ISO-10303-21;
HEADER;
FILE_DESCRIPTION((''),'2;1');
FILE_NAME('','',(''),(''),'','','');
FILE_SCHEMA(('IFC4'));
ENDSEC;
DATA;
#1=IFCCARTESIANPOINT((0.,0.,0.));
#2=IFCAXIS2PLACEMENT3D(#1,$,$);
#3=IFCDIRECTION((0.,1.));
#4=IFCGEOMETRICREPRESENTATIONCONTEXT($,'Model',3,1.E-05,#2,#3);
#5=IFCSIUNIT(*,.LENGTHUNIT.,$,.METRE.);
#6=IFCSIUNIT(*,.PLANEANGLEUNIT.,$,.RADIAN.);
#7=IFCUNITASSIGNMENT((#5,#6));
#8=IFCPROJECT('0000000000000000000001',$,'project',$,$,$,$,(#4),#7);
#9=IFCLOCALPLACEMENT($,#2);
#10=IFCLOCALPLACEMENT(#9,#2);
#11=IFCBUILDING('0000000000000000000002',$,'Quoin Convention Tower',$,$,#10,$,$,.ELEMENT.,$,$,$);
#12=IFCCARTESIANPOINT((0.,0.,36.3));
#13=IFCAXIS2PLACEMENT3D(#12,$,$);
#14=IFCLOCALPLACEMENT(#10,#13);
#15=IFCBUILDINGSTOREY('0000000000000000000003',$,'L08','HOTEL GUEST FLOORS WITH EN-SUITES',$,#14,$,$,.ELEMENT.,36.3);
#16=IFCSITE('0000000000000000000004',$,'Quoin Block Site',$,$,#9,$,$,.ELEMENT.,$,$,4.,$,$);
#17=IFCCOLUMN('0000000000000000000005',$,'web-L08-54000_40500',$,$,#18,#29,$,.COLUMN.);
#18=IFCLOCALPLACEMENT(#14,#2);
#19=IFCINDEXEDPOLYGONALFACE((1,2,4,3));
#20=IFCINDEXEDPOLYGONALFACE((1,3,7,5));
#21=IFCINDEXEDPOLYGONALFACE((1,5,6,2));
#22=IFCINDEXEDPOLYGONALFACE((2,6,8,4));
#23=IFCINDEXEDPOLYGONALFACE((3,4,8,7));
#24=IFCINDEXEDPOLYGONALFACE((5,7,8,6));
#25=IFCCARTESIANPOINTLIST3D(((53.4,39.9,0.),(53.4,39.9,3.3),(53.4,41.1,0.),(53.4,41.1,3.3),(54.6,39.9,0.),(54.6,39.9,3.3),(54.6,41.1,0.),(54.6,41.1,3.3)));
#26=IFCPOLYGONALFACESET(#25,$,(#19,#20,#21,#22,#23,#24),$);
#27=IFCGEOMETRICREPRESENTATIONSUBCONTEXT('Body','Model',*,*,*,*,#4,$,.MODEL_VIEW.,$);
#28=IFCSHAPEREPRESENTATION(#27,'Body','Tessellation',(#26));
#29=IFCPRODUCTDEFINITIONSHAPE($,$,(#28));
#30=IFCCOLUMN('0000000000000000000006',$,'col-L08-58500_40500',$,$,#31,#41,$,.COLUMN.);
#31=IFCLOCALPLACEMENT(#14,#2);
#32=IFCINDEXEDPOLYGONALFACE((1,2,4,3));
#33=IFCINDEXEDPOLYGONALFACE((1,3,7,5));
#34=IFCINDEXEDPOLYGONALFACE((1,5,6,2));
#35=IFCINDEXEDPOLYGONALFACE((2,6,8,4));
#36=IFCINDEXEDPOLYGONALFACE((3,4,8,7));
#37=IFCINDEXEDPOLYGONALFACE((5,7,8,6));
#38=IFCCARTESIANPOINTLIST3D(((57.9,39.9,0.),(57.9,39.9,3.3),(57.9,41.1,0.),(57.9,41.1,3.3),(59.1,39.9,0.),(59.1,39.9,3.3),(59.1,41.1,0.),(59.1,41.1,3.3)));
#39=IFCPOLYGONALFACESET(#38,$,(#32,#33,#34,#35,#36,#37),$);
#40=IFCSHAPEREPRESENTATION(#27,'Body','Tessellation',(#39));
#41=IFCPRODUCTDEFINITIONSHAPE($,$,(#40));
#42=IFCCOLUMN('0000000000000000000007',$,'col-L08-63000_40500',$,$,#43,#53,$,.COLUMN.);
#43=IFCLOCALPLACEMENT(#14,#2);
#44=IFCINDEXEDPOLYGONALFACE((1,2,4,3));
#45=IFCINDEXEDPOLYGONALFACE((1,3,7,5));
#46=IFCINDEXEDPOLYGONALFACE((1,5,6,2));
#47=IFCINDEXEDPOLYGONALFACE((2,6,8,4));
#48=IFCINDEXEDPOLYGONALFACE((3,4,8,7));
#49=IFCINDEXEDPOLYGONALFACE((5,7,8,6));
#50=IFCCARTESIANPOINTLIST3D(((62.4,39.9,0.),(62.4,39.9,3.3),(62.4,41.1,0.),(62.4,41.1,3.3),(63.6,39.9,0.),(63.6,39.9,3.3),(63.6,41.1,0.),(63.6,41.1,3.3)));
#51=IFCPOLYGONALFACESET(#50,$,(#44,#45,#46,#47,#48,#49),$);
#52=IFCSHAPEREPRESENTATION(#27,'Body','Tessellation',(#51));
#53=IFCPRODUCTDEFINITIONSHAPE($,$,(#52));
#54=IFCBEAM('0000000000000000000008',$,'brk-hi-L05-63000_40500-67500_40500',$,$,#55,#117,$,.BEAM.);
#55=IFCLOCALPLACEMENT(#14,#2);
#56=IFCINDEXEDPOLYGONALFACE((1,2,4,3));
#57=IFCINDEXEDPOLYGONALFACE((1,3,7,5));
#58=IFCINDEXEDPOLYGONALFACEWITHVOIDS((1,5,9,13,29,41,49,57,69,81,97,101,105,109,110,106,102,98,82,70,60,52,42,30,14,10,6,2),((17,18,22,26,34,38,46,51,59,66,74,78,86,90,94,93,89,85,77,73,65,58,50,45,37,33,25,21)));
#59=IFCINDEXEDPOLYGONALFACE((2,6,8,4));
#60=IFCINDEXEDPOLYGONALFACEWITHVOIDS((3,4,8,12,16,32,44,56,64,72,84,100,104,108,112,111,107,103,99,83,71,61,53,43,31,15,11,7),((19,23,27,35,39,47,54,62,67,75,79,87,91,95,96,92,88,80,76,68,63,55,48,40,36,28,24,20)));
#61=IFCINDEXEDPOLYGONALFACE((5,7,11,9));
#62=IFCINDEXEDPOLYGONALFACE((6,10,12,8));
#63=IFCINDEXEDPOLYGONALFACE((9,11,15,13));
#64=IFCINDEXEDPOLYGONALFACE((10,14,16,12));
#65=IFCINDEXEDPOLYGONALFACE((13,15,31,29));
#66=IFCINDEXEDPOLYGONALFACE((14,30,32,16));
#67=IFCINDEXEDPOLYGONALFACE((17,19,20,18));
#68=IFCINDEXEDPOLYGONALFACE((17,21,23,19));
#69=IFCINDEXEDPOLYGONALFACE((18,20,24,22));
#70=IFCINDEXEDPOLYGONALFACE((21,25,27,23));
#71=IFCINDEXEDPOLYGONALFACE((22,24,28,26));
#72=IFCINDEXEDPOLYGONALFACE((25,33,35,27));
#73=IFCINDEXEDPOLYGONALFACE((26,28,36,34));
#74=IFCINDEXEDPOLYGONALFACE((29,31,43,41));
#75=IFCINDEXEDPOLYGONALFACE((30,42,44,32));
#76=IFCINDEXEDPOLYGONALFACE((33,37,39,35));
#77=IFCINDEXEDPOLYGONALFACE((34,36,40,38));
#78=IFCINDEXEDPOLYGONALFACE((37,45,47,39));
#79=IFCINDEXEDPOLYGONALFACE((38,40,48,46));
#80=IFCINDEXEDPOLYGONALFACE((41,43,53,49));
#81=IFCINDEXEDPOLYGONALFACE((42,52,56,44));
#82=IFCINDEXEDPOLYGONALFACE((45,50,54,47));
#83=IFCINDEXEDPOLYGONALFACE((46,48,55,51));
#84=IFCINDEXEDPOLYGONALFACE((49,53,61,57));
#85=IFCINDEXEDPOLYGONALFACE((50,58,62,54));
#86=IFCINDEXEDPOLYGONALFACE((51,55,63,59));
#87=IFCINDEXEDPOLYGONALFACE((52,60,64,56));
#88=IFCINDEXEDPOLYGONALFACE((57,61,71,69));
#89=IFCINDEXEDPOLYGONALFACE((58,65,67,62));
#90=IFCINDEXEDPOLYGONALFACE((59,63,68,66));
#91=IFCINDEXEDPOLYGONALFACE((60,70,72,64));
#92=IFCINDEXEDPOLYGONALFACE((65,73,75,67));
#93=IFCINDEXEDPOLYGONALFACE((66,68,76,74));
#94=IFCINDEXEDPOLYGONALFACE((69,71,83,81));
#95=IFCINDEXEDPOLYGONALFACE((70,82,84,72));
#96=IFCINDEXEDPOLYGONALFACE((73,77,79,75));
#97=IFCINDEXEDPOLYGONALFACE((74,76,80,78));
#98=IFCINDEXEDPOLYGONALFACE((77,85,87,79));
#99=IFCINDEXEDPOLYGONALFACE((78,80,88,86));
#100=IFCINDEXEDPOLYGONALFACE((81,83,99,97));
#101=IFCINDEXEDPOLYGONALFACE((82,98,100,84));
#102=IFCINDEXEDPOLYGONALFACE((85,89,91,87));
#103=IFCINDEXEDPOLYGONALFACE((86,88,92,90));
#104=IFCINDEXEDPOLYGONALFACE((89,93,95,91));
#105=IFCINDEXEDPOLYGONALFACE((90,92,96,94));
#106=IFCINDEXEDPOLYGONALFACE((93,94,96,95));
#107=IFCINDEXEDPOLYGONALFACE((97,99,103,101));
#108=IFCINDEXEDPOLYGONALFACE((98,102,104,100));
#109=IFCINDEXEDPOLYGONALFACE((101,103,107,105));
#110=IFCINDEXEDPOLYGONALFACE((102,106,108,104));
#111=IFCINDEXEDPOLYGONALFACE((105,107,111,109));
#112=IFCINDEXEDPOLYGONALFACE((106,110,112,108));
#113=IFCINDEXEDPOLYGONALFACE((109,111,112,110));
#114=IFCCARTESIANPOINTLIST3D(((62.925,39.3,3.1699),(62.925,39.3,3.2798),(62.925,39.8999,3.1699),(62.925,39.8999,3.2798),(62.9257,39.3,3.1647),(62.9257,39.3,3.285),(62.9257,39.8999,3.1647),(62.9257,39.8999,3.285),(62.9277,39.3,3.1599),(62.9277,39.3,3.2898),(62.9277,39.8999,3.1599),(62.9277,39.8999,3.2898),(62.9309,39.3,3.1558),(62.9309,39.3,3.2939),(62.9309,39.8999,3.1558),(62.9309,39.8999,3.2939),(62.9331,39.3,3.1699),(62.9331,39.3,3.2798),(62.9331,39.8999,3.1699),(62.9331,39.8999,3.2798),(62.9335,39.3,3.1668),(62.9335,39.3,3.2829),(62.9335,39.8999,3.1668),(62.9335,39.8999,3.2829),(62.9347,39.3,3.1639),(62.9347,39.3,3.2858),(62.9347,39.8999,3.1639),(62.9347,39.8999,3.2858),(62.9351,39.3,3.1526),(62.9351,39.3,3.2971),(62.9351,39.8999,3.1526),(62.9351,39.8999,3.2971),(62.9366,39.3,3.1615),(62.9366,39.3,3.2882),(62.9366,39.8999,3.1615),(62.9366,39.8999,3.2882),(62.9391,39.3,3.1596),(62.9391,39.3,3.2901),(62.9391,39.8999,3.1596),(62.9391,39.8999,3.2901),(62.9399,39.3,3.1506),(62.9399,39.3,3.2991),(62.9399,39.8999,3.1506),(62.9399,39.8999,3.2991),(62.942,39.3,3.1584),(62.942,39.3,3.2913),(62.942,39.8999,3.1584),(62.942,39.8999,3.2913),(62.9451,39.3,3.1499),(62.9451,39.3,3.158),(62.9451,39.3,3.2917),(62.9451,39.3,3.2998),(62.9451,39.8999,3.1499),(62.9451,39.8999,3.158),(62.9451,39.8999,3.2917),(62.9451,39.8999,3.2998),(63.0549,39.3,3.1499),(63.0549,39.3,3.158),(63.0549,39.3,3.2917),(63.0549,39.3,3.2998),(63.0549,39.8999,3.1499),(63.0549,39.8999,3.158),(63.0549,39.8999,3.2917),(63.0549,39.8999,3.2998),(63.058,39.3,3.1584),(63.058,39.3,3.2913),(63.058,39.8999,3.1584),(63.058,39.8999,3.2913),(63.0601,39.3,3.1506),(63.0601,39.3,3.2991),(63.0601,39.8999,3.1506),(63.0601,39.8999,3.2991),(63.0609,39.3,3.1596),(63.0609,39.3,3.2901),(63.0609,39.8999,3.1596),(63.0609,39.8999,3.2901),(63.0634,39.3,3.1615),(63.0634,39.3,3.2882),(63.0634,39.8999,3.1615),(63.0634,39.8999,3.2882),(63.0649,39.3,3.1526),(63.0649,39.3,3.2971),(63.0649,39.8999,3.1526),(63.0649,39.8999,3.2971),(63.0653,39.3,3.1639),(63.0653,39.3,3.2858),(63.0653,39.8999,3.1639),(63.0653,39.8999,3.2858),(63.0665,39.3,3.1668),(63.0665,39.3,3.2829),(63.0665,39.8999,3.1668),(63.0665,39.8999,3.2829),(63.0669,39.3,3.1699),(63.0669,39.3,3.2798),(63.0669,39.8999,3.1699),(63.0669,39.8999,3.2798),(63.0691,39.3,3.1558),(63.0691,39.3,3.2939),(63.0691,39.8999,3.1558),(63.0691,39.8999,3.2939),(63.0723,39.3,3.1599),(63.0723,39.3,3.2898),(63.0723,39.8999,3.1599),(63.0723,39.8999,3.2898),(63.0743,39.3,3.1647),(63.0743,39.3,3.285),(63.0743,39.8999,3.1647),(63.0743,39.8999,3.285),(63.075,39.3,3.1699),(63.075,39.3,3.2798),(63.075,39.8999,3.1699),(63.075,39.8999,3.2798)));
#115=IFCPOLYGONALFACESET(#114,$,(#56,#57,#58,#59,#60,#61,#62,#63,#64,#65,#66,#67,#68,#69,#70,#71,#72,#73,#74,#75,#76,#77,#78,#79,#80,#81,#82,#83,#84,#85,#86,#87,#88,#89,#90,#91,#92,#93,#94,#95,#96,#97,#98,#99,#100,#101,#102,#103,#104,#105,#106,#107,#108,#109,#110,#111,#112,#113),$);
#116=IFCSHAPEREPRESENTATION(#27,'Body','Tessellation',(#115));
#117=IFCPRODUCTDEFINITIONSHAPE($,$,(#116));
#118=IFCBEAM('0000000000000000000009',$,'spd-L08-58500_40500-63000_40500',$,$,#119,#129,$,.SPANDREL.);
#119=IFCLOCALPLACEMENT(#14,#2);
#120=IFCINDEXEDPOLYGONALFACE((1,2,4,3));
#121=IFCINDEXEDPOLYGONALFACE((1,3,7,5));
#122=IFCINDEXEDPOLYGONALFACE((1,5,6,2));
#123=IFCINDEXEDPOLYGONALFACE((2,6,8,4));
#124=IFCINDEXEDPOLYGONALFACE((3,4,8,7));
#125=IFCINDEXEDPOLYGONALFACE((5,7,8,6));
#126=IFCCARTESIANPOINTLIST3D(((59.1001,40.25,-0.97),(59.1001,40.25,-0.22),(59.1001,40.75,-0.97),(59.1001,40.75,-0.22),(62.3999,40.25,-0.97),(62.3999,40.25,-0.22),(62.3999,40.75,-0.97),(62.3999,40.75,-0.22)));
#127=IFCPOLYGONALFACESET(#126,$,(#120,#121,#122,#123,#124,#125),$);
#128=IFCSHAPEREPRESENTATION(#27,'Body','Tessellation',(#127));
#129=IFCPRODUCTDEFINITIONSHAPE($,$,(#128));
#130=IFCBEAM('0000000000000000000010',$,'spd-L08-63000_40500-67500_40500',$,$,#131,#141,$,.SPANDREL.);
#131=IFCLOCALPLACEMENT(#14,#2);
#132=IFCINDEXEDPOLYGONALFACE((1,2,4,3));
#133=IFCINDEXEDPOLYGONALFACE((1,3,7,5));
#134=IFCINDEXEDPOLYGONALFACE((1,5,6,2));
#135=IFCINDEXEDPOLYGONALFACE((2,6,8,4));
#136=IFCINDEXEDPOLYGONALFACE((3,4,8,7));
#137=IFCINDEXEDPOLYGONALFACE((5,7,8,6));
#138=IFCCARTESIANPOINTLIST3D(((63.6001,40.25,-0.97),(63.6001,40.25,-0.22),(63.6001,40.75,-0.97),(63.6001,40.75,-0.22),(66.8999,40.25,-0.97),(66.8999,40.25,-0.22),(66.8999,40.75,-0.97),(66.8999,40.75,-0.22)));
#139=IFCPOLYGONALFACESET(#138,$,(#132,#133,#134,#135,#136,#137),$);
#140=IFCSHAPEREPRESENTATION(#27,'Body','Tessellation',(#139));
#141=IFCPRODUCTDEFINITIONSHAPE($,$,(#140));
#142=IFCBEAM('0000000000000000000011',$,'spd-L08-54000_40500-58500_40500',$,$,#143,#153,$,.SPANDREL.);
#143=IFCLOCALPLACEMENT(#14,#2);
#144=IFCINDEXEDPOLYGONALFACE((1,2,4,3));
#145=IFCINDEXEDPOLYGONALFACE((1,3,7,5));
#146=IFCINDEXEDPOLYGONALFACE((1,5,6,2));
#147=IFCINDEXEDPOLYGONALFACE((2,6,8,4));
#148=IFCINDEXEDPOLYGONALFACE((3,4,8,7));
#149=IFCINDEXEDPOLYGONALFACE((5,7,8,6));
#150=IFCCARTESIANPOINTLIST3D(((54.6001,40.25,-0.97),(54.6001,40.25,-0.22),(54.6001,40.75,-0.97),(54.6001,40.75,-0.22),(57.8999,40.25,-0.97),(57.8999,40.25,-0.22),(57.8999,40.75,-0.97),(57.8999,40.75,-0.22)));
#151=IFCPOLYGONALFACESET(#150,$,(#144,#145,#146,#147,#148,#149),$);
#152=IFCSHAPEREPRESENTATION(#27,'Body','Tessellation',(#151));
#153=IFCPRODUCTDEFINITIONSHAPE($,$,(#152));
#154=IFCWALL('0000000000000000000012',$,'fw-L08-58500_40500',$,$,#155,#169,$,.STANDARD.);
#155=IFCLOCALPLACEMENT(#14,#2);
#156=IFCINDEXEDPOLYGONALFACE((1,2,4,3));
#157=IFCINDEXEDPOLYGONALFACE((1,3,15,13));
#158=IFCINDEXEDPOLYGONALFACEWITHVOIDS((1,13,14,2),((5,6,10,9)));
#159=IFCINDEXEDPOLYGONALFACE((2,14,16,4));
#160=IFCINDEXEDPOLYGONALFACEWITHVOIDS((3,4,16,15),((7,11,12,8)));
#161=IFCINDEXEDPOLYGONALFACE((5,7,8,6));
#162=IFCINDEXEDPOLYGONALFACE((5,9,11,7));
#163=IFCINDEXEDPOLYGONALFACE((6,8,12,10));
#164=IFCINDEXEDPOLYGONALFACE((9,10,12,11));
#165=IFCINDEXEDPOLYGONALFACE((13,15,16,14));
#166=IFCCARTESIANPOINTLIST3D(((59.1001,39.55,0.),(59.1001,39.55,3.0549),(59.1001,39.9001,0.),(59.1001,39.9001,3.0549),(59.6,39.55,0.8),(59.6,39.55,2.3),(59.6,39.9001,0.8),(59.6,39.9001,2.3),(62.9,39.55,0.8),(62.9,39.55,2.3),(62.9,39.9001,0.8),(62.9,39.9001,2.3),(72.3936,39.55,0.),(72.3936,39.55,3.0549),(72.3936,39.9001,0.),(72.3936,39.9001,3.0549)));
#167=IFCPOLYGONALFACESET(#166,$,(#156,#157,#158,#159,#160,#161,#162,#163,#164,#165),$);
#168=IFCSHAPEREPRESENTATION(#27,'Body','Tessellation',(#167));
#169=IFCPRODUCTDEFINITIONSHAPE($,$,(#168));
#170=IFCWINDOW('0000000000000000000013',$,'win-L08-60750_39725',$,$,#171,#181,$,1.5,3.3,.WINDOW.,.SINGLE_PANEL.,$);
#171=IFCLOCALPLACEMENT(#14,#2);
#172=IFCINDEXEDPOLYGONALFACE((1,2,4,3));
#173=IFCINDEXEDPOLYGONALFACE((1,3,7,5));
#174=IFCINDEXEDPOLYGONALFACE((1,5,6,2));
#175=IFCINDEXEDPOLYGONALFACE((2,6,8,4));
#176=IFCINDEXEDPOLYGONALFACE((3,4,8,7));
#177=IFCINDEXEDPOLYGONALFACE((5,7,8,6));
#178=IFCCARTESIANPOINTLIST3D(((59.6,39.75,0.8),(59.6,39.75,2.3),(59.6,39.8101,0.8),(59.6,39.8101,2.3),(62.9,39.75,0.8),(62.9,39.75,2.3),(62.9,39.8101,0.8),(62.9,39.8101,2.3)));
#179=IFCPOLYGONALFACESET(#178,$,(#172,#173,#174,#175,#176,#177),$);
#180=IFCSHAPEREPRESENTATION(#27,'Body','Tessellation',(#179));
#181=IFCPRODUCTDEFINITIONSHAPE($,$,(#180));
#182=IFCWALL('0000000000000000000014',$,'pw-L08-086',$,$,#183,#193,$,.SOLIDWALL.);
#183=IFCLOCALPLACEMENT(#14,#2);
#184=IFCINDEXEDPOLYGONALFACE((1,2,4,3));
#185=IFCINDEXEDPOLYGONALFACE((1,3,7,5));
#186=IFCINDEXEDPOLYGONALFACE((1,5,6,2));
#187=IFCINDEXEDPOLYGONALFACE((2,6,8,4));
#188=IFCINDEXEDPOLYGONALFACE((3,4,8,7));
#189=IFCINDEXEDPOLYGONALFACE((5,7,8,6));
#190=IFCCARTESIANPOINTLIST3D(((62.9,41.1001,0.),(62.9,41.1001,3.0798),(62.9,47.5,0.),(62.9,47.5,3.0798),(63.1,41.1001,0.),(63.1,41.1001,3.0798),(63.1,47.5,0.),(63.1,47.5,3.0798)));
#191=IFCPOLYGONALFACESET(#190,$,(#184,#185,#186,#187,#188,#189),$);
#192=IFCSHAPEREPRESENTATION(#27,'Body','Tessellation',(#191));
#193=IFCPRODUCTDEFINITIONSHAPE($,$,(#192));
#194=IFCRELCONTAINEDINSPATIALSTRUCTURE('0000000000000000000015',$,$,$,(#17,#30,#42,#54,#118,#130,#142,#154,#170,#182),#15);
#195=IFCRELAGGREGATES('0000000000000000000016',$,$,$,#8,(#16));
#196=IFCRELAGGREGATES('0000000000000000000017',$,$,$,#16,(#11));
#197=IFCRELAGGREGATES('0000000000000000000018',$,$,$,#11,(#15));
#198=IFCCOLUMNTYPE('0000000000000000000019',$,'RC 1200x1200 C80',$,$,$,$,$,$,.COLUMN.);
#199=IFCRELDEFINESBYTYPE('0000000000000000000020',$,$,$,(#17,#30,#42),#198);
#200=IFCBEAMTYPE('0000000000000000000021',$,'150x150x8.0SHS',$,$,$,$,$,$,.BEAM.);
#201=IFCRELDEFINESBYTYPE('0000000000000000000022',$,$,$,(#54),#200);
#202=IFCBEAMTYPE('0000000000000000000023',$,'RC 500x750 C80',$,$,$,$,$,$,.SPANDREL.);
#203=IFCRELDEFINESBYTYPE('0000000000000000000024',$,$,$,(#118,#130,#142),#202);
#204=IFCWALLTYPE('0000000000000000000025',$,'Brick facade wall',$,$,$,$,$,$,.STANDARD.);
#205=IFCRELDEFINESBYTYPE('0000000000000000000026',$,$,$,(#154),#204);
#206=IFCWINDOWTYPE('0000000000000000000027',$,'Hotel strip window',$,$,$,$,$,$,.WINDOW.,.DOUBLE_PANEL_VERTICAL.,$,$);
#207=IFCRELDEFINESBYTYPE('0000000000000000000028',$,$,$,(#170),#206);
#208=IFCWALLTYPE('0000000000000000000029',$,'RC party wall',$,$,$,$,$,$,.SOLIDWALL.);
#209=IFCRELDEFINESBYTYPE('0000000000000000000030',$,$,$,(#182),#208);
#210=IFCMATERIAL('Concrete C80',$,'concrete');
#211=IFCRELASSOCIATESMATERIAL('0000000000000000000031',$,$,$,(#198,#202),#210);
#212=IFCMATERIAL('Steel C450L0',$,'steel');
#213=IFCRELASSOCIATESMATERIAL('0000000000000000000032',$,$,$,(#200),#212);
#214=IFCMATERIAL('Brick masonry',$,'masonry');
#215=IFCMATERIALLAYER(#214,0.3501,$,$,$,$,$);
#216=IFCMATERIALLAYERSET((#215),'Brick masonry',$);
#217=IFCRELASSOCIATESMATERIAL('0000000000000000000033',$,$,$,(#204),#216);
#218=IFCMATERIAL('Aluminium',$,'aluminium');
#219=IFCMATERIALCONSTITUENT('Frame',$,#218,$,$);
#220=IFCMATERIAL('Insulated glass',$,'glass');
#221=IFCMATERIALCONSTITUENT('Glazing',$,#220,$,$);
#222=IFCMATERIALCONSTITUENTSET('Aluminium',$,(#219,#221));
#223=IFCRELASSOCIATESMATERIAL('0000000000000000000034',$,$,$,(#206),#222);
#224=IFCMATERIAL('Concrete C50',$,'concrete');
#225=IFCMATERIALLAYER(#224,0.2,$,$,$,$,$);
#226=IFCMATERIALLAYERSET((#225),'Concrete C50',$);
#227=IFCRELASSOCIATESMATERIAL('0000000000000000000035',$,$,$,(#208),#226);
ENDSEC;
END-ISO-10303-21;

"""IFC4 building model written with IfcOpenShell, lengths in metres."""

from ifc_helpers import new_model, si_unit, direction, frame, frame_2d, origin, origin_2d, place, context, subcontext, project, spatial, rectangle, hollow_rectangle, extrude, material, layer, layer_set, constituent, constituent_set, material_profile, profile_set, type_object, element, fill, save


model = new_model("IFC4")

# Units and contexts
model_context = context("Model", 3, precision=1e-05, world=origin(), true_north=direction((0.0, 1.0)))
body_context = subcontext(model_context, "Body", "Model", "MODEL_VIEW")
ifc_project = project(units=[si_unit("LENGTHUNIT", "METRE"), si_unit("PLANEANGLEUNIT", "RADIAN")], contexts=[model_context])

# Site, building, storey
site_placement = place(None, origin())
site = spatial("IfcSite", under=ifc_project, at=site_placement, Name="Quoin Block Site", CompositionType="ELEMENT", RefElevation=4.0)
building_placement = place(site_placement, origin())
building = spatial("IfcBuilding", under=site, at=building_placement, Name="Quoin Convention Tower", CompositionType="ELEMENT")
storey_placement = place(building_placement, frame((0.0, 0.0, 36.3)))
storey = spatial("IfcBuildingStorey", under=building, at=storey_placement, Name="L08", Description="HOTEL GUEST FLOORS WITH EN-SUITES", CompositionType="ELEMENT", Elevation=36.3)

# Columns
ifc_material_1 = material(Name="Concrete C80", Category="concrete")
ifc_material_profile_1 = material_profile(ifc_material_1, rectangle(XDim=1.2, YDim=1.2, at=origin_2d()), Name="RC 1200x1200")
ifc_profile_set_1 = profile_set([ifc_material_profile_1], Name="Concrete C80")
column_type = type_object("IfcColumnType", Name="RC 1200x1200 C80", PredefinedType="COLUMN", material=ifc_profile_set_1)
for number, where, z_axis, x_axis, name in (
    (1, (54.0, 40.5, 0.0), (0.0, 0.0, 1.0), (1.0, 0.0, 0.0), "web-L08-54000_40500"),
    (2, (58.5, 40.5, 0.0), (0.0, 0.0, 1.0), (1.0, 0.0, 0.0), "col-L08-58500_40500"),
    (3, (63.0, 40.5, 0.0), (0.0, 0.0, 1.0), (1.0, 0.0, 0.0), "col-L08-63000_40500"),
):
    element("IfcColumn", number, at=place(storey_placement, frame(where, z_axis=z_axis, x_axis=x_axis)), inside=storey, type_object=column_type, Name=name, PredefinedType="COLUMN", context=body_context, shape_type="SweptSolid", body=[
        extrude(rectangle(XDim=1.2, YDim=1.2, at=origin_2d()), origin(), (0.0, 0.0, 1.0), 3.3),
    ])

# Beams
ifc_material_2 = material(Name="Steel C450L0", Category="steel")
ifc_material_profile_2 = material_profile(ifc_material_2, hollow_rectangle(XDim=0.1499, YDim=0.1499, WallThickness=0.0081, InnerFilletRadius=0.012, OuterFilletRadius=0.02, at=origin_2d()), Name="150x150x8.0SHS")
ifc_profile_set_2 = profile_set([ifc_material_profile_2], Name="Steel C450L0")
beam_type_1 = type_object("IfcBeamType", Name="150x150x8.0SHS", PredefinedType="BEAM", material=ifc_profile_set_2)
beam_placement = place(storey_placement, frame((63.0, 39.8999, 3.2249), z_axis=(0.0, -1.0, 0.0), x_axis=(1.0, 0.0, 0.0)))
element("IfcBeam", 4, at=beam_placement, inside=storey, type_object=beam_type_1, Name="brk-hi-L05-63000_40500-67500_40500", PredefinedType="BEAM", context=body_context, shape_type="SweptSolid", body=[
    extrude(hollow_rectangle(XDim=0.1499, YDim=0.1499, WallThickness=0.0081, InnerFilletRadius=0.012, OuterFilletRadius=0.02, at=origin_2d()), origin(), (0.0, 0.0, 1.0), 0.5999),
])
ifc_material_profile_3 = material_profile(ifc_material_1, rectangle(XDim=0.5, YDim=0.75, at=origin_2d()), Name="RC 500x750")
ifc_profile_set_3 = profile_set([ifc_material_profile_3], Name="Concrete C80")
beam_type_2 = type_object("IfcBeamType", Name="RC 500x750 C80", PredefinedType="SPANDREL", material=ifc_profile_set_3)
for number, where, z_axis, x_axis, name in (
    (5, (59.1001, 40.5, -0.595), (1.0, 0.0, 0.0), (0.0, 1.0, 0.0), "spd-L08-58500_40500-63000_40500"),
    (6, (63.6001, 40.5, -0.595), (1.0, 0.0, 0.0), (0.0, 1.0, 0.0), "spd-L08-63000_40500-67500_40500"),
    (7, (54.6001, 40.5, -0.595), (1.0, 0.0, 0.0), (0.0, 1.0, 0.0), "spd-L08-54000_40500-58500_40500"),
):
    element("IfcBeam", number, at=place(storey_placement, frame(where, z_axis=z_axis, x_axis=x_axis)), inside=storey, type_object=beam_type_2, Name=name, PredefinedType="SPANDREL", context=body_context, shape_type="SweptSolid", body=[
        extrude(rectangle(XDim=0.5, YDim=0.75, at=origin_2d()), origin(), (0.0, 0.0, 1.0), 3.2998),
    ])

# Wall, opening, window
ifc_material_3 = material(Name="Brick masonry", Category="masonry")
ifc_layer_1 = layer(ifc_material_3, 0.3501)
ifc_layer_set_1 = layer_set([ifc_layer_1], Name="Brick masonry")
wall_type_1 = type_object("IfcWallType", Name="Brick facade wall", PredefinedType="STANDARD", material=ifc_layer_set_1)
wall_1_placement = place(storey_placement, frame((59.1001, 39.7251, 0.0), z_axis=(0.0, 0.0, 1.0), x_axis=(1.0, 0.0, 0.0)))
wall_1 = element("IfcWall", 8, at=wall_1_placement, inside=storey, type_object=wall_type_1, Name="fw-L08-58500_40500", PredefinedType="STANDARD", context=body_context, shape_type="SweptSolid", body=[
    extrude(rectangle(XDim=13.2935, YDim=0.3501, at=frame_2d((6.6467, 0.0))), origin(), (0.0, 0.0, 1.0), 3.0549),
])
opening_1_placement = place(wall_1_placement, frame((0.5, 0.0, 0.8)))
opening_1 = element("IfcOpeningElement", 9, at=opening_1_placement, cuts=wall_1, PredefinedType="OPENING", context=body_context, shape_type="SweptSolid", body=[
    extrude(rectangle(XDim=3.3, YDim=1.5, at=frame_2d((1.6499, 0.75))), frame((0.0, 0.1851, 0.0), z_axis=(0.0, -1.0, 0.0), x_axis=(1.0, 0.0, 0.0)), (0.0, 0.0, 1.0), 0.3701),
])
ifc_material_4 = material(Name="Aluminium", Category="aluminium")
ifc_constituent_1 = constituent(ifc_material_4, Name="Frame")
ifc_material_5 = material(Name="Insulated glass", Category="glass")
ifc_constituent_2 = constituent(ifc_material_5, Name="Glazing")
ifc_constituent_set = constituent_set(constituents=[ifc_constituent_1, ifc_constituent_2], Name="Aluminium")
window_type = type_object("IfcWindowType", Name="Hotel strip window", PartitioningType="DOUBLE_PANEL_VERTICAL", PredefinedType="WINDOW", material=ifc_constituent_set)
window_placement = place(opening_1_placement, origin())
window = element("IfcWindow", 10, at=window_placement, inside=storey, type_object=window_type, Name="win-L08-60750_39725", OverallHeight=1.5, OverallWidth=3.3, PartitioningType="SINGLE_PANEL", PredefinedType="WINDOW", context=body_context, shape_type="SweptSolid", body=[
    extrude(rectangle(XDim=3.3, YDim=1.5, at=frame_2d((1.6499, 0.75))), frame((0.0, 0.085, 0.0), z_axis=(0.0, -1.0, 0.0), x_axis=(1.0, 0.0, 0.0)), (0.0, 0.0, 1.0), 0.0601),
])
fill(opening_1, window)

# Wall
ifc_material_6 = material(Name="Concrete C50", Category="concrete")
ifc_layer_2 = layer(ifc_material_6, 0.2)
ifc_layer_set_2 = layer_set([ifc_layer_2], Name="Concrete C50")
wall_type_2 = type_object("IfcWallType", Name="RC party wall", PredefinedType="SOLIDWALL", material=ifc_layer_set_2)
wall_2_placement = place(storey_placement, frame((63.0, 41.1001, 0.0), z_axis=(0.0, 0.0, 1.0), x_axis=(0.0, 1.0, 0.0)))
element("IfcWall", 11, at=wall_2_placement, inside=storey, type_object=wall_type_2, Name="pw-L08-086", PredefinedType="SOLIDWALL", context=body_context, shape_type="SweptSolid", body=[
    extrude(rectangle(XDim=6.3999, YDim=0.2, at=frame_2d((3.2, 0.0))), origin(), (0.0, 0.0, 1.0), 3.0798),
])

save(model, "model.ifc")
